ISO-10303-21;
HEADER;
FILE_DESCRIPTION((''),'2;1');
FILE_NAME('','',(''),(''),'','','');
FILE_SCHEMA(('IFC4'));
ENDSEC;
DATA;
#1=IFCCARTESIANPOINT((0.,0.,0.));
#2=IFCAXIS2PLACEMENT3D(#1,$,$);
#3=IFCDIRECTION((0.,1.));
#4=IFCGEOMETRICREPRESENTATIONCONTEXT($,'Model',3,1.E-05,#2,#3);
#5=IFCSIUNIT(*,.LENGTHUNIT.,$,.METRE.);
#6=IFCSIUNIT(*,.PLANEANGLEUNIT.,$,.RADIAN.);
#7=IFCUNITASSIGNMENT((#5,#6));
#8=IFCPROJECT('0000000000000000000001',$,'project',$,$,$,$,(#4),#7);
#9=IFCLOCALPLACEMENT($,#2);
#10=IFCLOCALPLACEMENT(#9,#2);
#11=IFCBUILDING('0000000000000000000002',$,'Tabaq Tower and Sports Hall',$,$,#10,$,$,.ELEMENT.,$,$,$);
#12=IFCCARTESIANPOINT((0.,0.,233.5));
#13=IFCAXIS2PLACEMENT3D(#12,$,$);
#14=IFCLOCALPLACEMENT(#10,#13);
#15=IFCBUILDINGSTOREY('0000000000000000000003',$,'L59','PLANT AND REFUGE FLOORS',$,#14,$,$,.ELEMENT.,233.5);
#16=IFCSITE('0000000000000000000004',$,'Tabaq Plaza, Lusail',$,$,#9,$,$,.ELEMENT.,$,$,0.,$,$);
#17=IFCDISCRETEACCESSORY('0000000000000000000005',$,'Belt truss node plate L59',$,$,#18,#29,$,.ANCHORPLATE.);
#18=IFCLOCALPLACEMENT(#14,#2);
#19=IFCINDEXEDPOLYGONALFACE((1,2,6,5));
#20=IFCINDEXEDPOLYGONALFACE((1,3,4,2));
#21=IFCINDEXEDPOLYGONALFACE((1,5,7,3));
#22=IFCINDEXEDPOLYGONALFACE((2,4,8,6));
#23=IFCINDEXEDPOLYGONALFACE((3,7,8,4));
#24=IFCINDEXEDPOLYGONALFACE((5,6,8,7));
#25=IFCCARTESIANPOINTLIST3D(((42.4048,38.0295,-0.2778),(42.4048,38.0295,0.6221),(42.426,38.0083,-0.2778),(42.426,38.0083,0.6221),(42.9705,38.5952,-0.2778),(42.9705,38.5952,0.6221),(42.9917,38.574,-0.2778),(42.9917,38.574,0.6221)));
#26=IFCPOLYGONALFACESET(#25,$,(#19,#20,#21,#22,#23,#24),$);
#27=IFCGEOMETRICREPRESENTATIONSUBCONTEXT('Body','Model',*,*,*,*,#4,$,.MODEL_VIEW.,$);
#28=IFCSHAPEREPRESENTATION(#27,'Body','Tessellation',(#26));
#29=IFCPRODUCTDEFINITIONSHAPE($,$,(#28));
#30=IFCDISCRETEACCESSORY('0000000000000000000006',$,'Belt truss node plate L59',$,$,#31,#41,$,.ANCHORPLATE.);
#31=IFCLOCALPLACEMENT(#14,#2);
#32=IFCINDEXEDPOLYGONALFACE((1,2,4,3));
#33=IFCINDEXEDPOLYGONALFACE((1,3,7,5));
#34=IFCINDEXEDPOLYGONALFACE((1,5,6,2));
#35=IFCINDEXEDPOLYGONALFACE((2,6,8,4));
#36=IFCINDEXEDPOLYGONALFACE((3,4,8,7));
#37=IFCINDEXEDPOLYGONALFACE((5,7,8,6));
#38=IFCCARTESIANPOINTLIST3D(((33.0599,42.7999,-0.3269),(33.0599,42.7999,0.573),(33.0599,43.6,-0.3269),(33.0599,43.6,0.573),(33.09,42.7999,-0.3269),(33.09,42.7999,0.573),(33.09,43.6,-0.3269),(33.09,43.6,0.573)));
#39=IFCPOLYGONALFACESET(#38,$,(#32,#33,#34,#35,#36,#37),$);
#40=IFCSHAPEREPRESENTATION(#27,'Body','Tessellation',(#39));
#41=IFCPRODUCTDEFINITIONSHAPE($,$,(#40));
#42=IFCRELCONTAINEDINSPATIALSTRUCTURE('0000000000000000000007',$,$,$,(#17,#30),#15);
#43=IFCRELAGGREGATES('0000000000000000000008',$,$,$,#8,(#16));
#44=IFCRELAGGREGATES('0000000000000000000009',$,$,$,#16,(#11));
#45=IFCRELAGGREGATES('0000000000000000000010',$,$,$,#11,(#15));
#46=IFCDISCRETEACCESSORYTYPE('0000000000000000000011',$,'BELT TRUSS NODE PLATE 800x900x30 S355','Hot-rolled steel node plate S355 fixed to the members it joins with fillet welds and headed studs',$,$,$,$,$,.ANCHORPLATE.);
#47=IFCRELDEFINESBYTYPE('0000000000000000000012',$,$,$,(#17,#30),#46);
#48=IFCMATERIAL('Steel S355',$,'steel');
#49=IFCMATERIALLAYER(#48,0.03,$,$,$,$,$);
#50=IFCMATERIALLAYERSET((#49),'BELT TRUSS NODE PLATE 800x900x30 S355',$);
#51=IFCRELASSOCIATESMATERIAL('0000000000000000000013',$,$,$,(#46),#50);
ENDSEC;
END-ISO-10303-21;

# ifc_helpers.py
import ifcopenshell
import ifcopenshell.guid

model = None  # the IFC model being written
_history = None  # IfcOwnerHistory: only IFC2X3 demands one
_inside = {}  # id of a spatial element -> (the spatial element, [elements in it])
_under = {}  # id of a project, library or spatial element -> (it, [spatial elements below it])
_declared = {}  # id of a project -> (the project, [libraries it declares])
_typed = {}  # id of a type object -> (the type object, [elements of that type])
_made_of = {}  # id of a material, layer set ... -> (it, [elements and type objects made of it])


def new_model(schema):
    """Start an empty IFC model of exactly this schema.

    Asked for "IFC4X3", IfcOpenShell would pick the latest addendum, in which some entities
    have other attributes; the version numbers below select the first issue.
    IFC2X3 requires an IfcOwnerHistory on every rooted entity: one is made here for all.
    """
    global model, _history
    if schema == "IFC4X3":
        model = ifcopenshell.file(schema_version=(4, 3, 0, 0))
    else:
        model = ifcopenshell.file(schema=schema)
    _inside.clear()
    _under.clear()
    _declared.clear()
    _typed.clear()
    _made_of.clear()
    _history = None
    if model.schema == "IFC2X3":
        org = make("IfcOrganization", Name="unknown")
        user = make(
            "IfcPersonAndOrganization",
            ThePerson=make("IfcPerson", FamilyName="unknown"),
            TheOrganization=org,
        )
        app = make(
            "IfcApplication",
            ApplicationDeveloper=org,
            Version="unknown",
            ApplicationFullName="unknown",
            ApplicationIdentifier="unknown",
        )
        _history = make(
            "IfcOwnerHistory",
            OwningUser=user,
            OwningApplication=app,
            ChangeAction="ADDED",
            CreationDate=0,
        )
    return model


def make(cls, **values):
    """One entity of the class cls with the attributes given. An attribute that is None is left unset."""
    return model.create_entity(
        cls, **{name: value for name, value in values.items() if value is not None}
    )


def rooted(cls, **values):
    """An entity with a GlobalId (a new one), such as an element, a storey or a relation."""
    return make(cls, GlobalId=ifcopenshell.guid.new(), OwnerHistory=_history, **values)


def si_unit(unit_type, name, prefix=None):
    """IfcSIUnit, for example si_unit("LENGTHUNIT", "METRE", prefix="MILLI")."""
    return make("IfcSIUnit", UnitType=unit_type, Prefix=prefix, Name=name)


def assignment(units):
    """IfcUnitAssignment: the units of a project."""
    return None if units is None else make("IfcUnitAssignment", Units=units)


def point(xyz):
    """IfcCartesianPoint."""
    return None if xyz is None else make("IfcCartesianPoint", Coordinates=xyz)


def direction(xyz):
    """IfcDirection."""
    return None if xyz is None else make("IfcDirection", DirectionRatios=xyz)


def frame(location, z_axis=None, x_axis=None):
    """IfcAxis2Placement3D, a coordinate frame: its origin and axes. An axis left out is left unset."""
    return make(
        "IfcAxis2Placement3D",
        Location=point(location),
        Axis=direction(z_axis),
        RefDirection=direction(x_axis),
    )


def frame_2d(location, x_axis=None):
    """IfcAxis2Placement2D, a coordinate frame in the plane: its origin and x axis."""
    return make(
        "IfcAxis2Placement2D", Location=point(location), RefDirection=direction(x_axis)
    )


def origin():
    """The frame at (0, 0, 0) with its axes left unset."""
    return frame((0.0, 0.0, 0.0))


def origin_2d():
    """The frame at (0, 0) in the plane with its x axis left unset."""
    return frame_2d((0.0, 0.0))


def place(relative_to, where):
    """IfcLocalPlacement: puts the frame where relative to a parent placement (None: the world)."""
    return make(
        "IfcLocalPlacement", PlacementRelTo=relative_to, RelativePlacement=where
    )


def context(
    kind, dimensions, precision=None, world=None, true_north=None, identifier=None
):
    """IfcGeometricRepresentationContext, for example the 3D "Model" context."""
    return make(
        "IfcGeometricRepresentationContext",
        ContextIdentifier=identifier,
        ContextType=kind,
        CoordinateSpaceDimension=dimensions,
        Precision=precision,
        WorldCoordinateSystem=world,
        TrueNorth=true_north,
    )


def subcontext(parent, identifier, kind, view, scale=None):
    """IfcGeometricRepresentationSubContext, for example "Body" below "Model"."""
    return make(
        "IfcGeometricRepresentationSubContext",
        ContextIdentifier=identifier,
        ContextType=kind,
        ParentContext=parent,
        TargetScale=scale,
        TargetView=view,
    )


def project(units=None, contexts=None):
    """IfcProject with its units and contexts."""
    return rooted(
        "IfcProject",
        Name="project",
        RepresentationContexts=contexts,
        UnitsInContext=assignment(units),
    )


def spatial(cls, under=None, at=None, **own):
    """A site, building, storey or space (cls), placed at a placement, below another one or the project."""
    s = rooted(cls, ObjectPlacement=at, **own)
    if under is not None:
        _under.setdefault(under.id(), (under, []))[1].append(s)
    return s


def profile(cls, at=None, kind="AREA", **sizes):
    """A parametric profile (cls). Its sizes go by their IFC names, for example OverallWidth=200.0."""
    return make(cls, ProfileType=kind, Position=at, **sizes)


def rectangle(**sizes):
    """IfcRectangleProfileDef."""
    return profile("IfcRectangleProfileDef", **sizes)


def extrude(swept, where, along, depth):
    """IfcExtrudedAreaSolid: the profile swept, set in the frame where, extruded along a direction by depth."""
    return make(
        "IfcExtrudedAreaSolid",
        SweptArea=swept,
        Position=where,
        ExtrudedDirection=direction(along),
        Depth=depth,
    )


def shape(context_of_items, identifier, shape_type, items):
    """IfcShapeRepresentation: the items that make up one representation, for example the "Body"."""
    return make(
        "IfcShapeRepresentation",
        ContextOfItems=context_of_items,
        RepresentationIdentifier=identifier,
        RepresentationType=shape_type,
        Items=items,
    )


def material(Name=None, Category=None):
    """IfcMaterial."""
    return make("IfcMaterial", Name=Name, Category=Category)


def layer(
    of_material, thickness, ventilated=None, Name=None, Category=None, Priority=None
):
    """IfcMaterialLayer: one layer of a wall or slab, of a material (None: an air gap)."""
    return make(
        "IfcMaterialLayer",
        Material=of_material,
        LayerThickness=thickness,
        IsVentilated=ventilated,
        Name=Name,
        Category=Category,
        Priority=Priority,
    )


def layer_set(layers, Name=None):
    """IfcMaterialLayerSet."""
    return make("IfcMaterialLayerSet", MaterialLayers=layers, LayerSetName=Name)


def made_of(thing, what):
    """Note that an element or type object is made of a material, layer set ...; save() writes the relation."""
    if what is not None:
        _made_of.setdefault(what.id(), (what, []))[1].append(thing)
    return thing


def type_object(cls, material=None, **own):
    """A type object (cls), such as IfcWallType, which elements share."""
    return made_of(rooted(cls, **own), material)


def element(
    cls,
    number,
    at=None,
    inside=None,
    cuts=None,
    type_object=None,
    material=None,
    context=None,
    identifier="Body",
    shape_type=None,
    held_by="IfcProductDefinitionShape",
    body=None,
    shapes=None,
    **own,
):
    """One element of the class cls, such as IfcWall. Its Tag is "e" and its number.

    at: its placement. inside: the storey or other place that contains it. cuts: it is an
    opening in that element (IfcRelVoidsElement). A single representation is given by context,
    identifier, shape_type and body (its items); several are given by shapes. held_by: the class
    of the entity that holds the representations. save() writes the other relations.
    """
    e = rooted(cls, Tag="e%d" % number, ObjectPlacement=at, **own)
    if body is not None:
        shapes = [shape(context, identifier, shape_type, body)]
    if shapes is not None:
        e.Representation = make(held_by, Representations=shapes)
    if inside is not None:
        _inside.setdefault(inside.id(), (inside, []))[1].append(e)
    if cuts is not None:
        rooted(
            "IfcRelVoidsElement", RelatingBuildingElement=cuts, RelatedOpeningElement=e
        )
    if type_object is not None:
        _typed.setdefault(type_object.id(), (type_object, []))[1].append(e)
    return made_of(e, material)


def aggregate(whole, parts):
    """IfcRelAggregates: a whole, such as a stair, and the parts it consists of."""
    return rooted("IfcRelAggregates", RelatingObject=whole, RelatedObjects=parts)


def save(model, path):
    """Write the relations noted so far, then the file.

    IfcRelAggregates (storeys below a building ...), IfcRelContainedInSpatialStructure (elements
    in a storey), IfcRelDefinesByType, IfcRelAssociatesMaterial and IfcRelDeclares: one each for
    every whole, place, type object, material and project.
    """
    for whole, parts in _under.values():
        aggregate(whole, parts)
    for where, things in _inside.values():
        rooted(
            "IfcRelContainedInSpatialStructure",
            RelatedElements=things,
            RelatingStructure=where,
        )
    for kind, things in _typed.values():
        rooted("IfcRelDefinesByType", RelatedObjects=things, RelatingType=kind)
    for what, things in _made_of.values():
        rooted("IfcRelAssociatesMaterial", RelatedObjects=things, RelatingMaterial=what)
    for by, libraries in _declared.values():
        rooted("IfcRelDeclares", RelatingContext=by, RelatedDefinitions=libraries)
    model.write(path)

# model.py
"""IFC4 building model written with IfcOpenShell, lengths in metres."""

from ifc_helpers import new_model, si_unit, direction, frame, origin, origin_2d, place, context, subcontext, project, spatial, rectangle, extrude, material, layer, layer_set, type_object, element, save


model = new_model("IFC4")

# Units and contexts
model_context = context("Model", 3, precision=1e-05, world=origin(), true_north=direction((0.0, 1.0)))
body_context = subcontext(model_context, "Body", "Model", "MODEL_VIEW")
ifc_project = project(units=[si_unit("LENGTHUNIT", "METRE"), si_unit("PLANEANGLEUNIT", "RADIAN")], contexts=[model_context])

# Site, building, storey
site_placement = place(None, origin())
site = spatial("IfcSite", under=ifc_project, at=site_placement, Name="Tabaq Plaza, Lusail", CompositionType="ELEMENT", RefElevation=0.0)
building_placement = place(site_placement, origin())
building = spatial("IfcBuilding", under=site, at=building_placement, Name="Tabaq Tower and Sports Hall", CompositionType="ELEMENT")
storey_placement = place(building_placement, frame((0.0, 0.0, 233.5)))
storey = spatial("IfcBuildingStorey", under=building, at=storey_placement, Name="L59", Description="PLANT AND REFUGE FLOORS", CompositionType="ELEMENT", Elevation=233.5)

# Discrete accessories
ifc_material_1 = material(Name="Steel S355", Category="steel")
ifc_layer_1 = layer(ifc_material_1, 0.03)
ifc_layer_set_1 = layer_set([ifc_layer_1], Name="BELT TRUSS NODE PLATE 800x900x30 S355")
discrete_accessory_type = type_object("IfcDiscreteAccessoryType", Name="BELT TRUSS NODE PLATE 800x900x30 S355", Description="Hot-rolled steel node plate S355 fixed to the members it joins with fillet welds and headed studs", PredefinedType="ANCHORPLATE", material=ifc_layer_set_1)
for number, where, z_axis, x_axis, name in (
    (1, (42.6982, 38.3018, -0.2778), (0.0, 0.0, 1.0), (-0.707107, 0.707107, 0.0), "Belt truss node plate L59"),
    (2, (33.075, 43.2, -0.3269), (0.0, 0.0, 1.0), (-1.0, 0.0, 0.0), "Belt truss node plate L59"),
):
    element("IfcDiscreteAccessory", number, at=place(storey_placement, frame(where, z_axis=z_axis, x_axis=x_axis)), inside=storey, type_object=discrete_accessory_type, Name=name, PredefinedType="ANCHORPLATE", context=body_context, shape_type="SweptSolid", body=[
        extrude(rectangle(XDim=0.03, YDim=0.8, at=origin_2d()), origin(), (0.0, 0.0, 1.0), 0.8999),
    ])

save(model, "model.ifc")
